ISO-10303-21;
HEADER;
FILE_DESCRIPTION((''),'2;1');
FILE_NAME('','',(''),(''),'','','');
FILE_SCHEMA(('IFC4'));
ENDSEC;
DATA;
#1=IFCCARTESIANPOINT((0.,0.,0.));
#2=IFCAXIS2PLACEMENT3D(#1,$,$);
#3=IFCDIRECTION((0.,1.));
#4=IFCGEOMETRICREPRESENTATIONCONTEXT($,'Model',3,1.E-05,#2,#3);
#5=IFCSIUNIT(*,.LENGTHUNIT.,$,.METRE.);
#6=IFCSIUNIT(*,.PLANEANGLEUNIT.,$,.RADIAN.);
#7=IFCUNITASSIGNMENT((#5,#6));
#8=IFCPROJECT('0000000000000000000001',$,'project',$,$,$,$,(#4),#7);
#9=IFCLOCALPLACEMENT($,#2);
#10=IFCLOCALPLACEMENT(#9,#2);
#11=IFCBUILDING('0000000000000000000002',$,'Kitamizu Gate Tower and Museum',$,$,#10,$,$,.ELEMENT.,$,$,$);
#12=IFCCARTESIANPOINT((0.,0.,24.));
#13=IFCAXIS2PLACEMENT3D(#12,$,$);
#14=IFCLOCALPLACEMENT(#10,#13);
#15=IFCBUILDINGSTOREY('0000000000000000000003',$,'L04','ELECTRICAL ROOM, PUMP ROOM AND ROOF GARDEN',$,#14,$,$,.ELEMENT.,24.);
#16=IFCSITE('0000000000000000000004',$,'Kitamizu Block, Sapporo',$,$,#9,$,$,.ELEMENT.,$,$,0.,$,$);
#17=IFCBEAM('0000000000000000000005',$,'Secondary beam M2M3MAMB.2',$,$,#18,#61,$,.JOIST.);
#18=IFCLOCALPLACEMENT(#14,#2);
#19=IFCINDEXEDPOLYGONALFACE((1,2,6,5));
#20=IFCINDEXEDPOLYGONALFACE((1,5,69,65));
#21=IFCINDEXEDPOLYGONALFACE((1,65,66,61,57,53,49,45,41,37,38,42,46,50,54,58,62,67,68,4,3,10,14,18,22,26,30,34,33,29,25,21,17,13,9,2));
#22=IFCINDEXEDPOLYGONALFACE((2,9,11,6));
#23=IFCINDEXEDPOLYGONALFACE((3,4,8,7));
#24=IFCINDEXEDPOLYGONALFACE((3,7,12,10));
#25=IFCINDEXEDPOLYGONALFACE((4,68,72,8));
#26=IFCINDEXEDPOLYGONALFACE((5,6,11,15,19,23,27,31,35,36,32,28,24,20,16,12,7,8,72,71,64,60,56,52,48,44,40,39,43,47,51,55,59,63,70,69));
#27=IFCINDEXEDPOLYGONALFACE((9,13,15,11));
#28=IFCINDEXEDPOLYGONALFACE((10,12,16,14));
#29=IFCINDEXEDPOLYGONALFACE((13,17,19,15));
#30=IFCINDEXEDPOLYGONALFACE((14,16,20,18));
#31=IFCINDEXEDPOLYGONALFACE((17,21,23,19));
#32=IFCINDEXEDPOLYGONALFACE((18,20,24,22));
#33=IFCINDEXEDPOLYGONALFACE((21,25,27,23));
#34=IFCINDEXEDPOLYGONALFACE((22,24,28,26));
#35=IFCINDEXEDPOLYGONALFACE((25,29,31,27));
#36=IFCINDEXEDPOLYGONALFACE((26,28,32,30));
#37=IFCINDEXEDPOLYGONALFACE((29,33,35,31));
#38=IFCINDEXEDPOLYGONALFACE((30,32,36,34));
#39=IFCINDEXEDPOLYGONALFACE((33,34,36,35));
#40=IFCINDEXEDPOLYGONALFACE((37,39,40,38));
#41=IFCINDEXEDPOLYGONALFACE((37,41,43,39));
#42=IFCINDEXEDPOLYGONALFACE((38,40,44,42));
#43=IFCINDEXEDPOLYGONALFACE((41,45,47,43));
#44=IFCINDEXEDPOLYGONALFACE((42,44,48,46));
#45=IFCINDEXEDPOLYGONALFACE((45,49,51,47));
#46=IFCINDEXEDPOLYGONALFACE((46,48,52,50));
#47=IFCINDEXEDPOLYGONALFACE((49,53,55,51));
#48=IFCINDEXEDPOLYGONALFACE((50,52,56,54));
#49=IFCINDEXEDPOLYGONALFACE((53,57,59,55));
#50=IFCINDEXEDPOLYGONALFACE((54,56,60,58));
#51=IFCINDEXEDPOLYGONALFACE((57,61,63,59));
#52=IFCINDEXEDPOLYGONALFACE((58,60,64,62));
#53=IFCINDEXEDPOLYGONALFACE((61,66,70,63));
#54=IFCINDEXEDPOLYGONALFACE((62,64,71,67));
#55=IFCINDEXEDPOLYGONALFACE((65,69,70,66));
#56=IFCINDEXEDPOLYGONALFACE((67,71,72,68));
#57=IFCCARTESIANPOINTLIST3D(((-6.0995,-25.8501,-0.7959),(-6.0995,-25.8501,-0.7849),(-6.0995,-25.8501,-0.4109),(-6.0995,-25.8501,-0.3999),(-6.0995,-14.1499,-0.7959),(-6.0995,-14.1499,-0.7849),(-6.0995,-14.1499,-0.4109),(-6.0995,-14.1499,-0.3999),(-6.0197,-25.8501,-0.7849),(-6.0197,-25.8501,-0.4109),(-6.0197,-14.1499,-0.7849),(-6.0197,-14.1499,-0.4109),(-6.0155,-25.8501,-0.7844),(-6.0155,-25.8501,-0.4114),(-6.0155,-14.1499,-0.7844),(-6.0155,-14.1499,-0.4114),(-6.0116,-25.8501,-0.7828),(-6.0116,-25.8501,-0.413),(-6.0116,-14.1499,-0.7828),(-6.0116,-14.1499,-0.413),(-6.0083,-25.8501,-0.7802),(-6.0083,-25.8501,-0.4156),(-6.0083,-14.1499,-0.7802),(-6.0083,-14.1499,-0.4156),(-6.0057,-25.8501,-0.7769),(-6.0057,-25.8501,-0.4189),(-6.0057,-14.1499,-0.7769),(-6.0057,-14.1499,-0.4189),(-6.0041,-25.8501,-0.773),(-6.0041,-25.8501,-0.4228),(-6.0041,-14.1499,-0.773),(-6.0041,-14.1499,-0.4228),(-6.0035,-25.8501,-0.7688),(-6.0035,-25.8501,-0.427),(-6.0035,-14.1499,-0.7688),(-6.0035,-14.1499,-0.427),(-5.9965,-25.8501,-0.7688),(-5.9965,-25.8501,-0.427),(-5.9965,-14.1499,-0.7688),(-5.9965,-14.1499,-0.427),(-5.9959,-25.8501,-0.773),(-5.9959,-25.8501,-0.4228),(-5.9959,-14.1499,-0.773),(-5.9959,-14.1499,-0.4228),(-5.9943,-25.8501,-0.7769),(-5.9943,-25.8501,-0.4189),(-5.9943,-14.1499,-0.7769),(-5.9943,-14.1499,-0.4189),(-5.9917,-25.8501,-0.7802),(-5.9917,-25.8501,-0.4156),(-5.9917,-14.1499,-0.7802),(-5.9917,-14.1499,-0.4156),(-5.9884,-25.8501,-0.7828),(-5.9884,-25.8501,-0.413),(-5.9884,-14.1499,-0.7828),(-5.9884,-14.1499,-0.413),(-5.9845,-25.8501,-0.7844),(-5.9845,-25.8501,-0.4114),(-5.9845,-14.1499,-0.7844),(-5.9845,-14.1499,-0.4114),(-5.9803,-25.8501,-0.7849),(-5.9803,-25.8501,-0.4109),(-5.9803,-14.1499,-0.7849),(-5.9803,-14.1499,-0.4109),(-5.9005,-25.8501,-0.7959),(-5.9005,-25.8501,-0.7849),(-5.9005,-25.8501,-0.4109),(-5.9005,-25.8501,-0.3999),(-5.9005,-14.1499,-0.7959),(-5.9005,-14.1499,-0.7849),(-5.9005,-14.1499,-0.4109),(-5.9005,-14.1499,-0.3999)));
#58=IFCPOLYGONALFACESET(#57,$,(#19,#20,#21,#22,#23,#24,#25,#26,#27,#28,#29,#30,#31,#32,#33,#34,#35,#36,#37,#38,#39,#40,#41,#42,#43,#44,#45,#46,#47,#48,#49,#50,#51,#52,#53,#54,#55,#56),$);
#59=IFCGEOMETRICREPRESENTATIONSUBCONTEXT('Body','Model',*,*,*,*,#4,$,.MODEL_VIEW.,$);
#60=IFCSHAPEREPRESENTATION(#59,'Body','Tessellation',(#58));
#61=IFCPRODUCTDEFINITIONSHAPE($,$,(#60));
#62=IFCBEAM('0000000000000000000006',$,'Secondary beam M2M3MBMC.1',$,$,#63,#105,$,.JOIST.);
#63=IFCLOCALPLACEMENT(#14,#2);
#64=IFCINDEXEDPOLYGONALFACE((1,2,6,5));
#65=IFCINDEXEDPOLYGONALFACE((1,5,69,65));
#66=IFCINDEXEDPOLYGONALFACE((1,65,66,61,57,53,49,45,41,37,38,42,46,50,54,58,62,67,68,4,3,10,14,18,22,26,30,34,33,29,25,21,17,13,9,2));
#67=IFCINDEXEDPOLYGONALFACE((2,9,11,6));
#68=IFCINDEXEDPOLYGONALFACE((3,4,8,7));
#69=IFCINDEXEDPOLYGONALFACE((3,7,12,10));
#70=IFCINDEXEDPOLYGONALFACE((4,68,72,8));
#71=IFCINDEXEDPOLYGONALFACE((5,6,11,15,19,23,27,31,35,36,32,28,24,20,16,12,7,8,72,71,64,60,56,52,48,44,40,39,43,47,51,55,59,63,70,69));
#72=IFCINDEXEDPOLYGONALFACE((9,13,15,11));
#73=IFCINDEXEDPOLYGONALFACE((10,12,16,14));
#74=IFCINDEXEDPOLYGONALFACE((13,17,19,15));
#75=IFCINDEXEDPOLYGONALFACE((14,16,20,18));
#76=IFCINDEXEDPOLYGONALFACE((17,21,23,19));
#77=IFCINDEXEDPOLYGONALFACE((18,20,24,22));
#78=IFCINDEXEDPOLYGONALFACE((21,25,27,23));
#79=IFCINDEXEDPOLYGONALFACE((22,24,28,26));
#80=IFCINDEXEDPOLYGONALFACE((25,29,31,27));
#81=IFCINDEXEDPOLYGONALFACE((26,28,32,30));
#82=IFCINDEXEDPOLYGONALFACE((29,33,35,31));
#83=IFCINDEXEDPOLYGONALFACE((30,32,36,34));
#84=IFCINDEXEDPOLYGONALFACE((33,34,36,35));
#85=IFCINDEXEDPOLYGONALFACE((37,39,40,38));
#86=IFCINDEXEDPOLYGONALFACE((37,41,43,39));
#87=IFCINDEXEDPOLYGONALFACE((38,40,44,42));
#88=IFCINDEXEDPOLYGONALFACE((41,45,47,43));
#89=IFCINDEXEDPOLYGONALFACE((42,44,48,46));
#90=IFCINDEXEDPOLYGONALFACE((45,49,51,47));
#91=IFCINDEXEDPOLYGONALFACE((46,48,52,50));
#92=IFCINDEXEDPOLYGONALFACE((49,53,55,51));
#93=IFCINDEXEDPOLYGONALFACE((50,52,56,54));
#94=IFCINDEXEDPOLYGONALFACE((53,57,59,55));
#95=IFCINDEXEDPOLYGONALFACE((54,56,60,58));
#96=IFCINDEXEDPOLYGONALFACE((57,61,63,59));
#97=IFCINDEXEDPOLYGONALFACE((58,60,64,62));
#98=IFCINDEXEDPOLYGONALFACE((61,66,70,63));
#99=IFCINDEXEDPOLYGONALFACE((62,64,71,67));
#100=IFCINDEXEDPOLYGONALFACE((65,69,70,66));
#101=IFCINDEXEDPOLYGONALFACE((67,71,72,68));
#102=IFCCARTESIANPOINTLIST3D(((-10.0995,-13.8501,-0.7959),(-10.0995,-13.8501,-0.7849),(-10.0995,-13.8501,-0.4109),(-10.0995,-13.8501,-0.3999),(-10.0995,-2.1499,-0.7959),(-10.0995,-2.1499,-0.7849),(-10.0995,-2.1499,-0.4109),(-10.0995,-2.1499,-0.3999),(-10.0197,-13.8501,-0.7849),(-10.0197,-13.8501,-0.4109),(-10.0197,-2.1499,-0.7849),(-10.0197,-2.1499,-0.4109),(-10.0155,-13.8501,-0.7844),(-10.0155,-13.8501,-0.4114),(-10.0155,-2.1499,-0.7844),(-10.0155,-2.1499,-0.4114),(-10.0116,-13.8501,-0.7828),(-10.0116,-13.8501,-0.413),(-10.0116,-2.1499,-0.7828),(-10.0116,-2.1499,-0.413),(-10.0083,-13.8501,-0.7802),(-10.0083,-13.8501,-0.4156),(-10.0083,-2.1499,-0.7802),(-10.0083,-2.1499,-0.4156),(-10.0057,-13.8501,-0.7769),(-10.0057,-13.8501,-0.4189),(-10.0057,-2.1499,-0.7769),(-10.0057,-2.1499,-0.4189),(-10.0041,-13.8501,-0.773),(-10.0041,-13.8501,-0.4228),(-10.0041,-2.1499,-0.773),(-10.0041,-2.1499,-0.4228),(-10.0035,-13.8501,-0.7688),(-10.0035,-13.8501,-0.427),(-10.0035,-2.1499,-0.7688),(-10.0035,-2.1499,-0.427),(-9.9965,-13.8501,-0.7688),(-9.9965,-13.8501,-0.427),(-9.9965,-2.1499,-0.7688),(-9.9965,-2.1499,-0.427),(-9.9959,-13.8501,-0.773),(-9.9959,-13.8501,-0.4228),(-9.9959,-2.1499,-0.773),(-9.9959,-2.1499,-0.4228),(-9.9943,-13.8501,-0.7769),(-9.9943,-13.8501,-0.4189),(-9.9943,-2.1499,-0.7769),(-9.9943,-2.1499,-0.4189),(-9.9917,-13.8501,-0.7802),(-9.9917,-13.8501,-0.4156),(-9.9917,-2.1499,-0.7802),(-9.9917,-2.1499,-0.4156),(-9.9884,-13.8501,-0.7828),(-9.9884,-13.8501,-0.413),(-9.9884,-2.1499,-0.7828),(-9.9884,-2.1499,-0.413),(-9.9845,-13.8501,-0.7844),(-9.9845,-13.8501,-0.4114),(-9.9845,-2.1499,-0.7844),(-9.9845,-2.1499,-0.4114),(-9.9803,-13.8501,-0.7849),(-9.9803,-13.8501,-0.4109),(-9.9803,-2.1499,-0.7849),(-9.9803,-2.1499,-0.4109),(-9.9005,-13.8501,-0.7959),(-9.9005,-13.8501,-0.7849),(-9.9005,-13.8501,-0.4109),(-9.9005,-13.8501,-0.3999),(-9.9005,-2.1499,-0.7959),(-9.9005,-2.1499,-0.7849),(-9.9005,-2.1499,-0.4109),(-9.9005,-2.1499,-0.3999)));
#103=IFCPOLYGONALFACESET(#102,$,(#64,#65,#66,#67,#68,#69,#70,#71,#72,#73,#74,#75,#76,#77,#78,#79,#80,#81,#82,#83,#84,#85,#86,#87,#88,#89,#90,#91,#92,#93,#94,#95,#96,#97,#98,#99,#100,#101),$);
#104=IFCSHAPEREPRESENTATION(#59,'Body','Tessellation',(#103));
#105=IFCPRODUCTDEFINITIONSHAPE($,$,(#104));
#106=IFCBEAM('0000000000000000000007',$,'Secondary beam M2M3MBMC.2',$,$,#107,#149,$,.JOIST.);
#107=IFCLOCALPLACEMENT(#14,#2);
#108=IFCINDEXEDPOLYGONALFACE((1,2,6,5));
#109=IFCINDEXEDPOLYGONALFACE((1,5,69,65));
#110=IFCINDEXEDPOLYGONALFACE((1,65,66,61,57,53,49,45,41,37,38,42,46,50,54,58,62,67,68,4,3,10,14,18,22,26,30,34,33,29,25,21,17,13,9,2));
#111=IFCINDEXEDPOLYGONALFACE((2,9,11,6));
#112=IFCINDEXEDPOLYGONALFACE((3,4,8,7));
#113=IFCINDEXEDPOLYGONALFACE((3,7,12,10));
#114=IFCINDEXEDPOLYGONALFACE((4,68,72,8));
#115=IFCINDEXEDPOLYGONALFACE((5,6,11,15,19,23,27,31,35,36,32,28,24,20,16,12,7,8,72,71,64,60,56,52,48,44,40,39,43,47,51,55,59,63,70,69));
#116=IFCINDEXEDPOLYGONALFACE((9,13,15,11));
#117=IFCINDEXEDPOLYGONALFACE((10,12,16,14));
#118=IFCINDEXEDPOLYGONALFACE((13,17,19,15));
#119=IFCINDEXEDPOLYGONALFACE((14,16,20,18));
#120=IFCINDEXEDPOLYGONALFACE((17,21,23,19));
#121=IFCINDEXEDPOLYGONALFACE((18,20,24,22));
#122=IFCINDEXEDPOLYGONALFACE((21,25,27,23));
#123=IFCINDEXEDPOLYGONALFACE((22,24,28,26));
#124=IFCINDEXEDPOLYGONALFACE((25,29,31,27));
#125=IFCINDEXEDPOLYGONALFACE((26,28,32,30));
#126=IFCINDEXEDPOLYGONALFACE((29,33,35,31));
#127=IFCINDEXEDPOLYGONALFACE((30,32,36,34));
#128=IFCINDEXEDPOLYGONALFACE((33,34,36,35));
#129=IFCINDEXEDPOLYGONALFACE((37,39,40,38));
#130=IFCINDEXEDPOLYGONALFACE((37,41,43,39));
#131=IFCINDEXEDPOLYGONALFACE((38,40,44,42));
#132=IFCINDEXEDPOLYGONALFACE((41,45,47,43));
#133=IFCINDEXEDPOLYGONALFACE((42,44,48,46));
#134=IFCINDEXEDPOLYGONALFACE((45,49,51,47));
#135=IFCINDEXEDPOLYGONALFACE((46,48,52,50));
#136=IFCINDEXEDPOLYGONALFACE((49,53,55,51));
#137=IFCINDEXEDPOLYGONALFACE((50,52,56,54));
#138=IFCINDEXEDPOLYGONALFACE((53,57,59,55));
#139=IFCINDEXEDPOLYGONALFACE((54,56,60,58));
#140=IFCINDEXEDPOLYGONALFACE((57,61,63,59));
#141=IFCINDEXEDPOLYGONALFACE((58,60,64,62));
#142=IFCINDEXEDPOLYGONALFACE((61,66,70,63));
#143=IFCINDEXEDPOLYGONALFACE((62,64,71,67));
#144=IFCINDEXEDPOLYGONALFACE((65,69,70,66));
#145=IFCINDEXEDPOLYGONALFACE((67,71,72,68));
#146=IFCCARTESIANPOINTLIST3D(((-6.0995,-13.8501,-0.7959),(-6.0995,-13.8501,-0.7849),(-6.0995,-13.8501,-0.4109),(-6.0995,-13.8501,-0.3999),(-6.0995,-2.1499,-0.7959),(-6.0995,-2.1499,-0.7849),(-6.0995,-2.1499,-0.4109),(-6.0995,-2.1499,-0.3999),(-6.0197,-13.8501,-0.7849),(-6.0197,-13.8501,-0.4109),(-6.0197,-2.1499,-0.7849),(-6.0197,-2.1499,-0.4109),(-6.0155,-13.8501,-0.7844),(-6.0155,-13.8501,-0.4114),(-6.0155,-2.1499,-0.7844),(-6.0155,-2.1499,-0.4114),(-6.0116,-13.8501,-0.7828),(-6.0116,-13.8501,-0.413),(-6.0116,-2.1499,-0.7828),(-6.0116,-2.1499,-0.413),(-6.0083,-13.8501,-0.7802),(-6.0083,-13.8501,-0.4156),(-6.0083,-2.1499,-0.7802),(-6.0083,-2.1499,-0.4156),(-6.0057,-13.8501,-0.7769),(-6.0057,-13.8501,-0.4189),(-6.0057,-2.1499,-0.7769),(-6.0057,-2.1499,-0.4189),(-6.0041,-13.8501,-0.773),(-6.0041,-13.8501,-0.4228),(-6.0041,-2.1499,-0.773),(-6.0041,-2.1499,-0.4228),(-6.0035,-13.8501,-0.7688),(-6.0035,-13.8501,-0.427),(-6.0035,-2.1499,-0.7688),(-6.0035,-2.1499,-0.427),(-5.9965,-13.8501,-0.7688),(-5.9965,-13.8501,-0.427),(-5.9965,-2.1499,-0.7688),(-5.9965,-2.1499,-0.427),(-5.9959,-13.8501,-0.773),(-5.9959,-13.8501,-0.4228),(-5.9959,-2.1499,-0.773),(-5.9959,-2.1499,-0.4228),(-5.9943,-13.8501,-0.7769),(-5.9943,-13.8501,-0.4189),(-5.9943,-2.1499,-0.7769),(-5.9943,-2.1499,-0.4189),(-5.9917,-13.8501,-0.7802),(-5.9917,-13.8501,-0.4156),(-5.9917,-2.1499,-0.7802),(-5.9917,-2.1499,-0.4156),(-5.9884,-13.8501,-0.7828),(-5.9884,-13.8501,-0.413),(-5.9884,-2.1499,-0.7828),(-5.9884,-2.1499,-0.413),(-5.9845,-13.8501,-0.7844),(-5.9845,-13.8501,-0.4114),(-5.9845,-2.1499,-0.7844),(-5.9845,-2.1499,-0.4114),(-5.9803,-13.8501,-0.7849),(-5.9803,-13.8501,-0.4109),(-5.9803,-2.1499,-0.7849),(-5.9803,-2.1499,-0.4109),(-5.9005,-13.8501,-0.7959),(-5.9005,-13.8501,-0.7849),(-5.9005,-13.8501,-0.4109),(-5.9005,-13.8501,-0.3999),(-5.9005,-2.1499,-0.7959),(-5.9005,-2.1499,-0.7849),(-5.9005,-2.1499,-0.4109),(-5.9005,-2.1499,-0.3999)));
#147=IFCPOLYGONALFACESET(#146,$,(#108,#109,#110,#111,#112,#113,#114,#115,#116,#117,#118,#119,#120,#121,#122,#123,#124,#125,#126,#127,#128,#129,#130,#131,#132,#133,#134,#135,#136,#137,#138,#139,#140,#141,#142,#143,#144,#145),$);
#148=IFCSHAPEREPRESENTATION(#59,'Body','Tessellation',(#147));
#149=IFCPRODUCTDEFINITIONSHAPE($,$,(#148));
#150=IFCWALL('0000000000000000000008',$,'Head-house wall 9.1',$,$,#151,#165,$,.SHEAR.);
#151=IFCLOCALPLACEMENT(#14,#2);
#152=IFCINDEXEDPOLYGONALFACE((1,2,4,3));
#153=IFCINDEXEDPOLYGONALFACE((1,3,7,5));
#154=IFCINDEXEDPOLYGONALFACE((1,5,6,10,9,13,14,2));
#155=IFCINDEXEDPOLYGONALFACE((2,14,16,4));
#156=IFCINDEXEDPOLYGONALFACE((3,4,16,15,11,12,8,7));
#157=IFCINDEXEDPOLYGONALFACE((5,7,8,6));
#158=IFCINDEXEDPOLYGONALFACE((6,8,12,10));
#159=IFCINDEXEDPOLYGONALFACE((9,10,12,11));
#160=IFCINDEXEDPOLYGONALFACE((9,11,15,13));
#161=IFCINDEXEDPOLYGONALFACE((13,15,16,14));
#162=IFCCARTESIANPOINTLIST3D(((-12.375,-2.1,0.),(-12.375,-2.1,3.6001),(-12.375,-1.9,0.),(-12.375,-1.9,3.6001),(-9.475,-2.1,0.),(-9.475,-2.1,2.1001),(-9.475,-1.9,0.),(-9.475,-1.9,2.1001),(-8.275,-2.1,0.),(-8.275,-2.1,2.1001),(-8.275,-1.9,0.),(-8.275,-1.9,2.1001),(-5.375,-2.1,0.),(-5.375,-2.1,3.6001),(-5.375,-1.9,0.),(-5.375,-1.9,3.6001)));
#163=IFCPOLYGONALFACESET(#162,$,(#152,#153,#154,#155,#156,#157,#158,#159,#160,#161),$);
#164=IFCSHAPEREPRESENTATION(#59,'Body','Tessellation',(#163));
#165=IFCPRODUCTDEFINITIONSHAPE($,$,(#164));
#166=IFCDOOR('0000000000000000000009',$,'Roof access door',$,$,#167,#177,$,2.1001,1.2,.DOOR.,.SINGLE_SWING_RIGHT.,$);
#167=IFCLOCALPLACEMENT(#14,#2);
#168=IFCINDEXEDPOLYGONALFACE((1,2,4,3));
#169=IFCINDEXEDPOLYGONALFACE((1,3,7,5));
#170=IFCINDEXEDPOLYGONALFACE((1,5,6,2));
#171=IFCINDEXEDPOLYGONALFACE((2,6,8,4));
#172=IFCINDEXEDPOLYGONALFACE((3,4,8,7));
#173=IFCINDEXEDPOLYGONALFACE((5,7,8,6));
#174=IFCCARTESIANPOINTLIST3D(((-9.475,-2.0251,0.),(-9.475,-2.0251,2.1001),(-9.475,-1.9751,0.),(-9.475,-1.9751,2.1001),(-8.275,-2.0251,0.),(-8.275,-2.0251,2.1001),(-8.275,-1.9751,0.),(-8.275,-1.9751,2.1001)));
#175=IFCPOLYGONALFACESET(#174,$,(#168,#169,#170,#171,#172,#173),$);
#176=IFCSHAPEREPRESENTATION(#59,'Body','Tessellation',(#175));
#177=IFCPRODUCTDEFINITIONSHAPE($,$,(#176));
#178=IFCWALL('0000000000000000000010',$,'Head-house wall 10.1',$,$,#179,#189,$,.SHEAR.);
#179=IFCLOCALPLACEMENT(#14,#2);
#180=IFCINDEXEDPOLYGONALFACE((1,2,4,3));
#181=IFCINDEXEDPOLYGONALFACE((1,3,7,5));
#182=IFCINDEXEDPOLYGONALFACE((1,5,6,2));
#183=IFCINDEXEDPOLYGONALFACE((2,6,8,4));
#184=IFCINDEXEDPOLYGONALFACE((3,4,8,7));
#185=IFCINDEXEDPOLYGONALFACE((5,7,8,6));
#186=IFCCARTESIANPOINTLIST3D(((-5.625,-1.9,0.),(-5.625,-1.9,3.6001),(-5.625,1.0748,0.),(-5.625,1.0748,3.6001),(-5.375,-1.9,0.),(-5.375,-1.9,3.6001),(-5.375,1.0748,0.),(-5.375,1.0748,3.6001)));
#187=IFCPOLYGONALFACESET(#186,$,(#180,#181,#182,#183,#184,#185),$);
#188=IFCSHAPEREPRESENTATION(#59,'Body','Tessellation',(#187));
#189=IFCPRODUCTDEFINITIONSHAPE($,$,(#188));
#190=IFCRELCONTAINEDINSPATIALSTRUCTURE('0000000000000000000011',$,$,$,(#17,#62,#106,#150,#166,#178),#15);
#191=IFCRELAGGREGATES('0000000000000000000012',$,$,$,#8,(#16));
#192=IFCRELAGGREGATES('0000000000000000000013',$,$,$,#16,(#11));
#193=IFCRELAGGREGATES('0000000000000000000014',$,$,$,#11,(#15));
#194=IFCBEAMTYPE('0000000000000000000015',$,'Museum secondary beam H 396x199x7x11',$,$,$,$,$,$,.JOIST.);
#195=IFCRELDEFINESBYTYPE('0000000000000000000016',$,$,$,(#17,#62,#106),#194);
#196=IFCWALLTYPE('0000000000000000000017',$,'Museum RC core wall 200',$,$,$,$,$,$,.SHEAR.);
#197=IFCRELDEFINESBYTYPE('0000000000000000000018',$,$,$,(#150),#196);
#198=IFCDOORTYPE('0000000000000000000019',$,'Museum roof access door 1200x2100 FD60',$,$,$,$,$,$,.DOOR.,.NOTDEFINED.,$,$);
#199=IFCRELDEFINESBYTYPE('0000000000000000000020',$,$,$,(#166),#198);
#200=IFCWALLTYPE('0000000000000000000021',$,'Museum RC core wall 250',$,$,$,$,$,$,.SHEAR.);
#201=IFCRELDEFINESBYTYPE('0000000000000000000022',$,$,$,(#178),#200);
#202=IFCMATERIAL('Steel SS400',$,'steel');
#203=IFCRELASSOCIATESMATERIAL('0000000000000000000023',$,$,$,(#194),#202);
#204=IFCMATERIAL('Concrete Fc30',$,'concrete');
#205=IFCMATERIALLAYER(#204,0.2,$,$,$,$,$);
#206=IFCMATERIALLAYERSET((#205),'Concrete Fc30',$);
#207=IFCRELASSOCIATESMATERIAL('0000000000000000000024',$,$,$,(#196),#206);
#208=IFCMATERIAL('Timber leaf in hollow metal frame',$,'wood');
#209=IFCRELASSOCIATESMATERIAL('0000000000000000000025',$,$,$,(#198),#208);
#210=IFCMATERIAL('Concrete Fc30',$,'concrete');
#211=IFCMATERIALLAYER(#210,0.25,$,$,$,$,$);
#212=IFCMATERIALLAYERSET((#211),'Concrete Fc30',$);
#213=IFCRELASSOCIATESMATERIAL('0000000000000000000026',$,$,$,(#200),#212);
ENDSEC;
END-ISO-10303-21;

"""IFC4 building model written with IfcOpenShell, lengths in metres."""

from ifc_helpers import new_model, si_unit, direction, frame, frame_2d, origin, origin_2d, place, context, subcontext, project, spatial, rectangle, i_section, extrude, material, layer, layer_set, material_profile, profile_set, type_object, element, fill, save


model = new_model("IFC4")

# Units and contexts
model_context = context("Model", 3, precision=1e-05, world=origin(), true_north=direction((0.0, 1.0)))
body_context = subcontext(model_context, "Body", "Model", "MODEL_VIEW")
ifc_project = project(units=[si_unit("LENGTHUNIT", "METRE"), si_unit("PLANEANGLEUNIT", "RADIAN")], contexts=[model_context])

# Site, building, storey
site_placement = place(None, origin())
site = spatial("IfcSite", under=ifc_project, at=site_placement, Name="Kitamizu Block, Sapporo", CompositionType="ELEMENT", RefElevation=0.0)
building_placement = place(site_placement, origin())
building = spatial("IfcBuilding", under=site, at=building_placement, Name="Kitamizu Gate Tower and Museum", CompositionType="ELEMENT")
storey_placement = place(building_placement, frame((0.0, 0.0, 24.0)))
storey = spatial("IfcBuildingStorey", under=building, at=storey_placement, Name="L04", Description="ELECTRICAL ROOM, PUMP ROOM AND ROOF GARDEN", CompositionType="ELEMENT", Elevation=24.0)

# Beams
ifc_material_1 = material(Name="Steel SS400", Category="steel")
ifc_material_profile_1 = material_profile(ifc_material_1, i_section(OverallWidth=0.199, OverallDepth=0.396, WebThickness=0.0071, FlangeThickness=0.011, FilletRadius=0.0161, at=origin_2d()), Name="H-396x199x7x11")
ifc_profile_set_1 = profile_set([ifc_material_profile_1], Name="Steel SS400")
beam_type_1 = type_object("IfcBeamType", Name="Museum secondary beam H 396x199x7x11", PredefinedType="JOIST", material=ifc_profile_set_1)
for number, where, z_axis, x_axis, name in (
    (1, (-6.0, -25.8501, -0.5979), (0.0, 1.0, 0.0), (-1.0, 0.0, 0.0), "Secondary beam M2M3MAMB.2"),
    (2, (-10.0, -13.8501, -0.5979), (0.0, 1.0, 0.0), (-1.0, 0.0, 0.0), "Secondary beam M2M3MBMC.1"),
    (3, (-6.0, -13.8501, -0.5979), (0.0, 1.0, 0.0), (-1.0, 0.0, 0.0), "Secondary beam M2M3MBMC.2"),
):
    element("IfcBeam", number, at=place(storey_placement, frame(where, z_axis=z_axis, x_axis=x_axis)), inside=storey, type_object=beam_type_1, Name=name, PredefinedType="JOIST", context=body_context, shape_type="SweptSolid", body=[
        extrude(i_section(OverallWidth=0.199, OverallDepth=0.396, WebThickness=0.0071, FlangeThickness=0.011, FilletRadius=0.0161, at=origin_2d()), origin(), (0.0, 0.0, 1.0), 11.7002),
    ])

# Wall, opening, door
ifc_material_2 = material(Name="Concrete Fc30", Category="concrete")
ifc_layer_1 = layer(ifc_material_2, 0.2)
ifc_layer_set_1 = layer_set([ifc_layer_1], Name="Concrete Fc30")
wall_type_1 = type_object("IfcWallType", Name="Museum RC core wall 200", PredefinedType="SHEAR", material=ifc_layer_set_1)
wall_1_placement = place(storey_placement, frame((-12.375, -2.0, 0.0), z_axis=(0.0, 0.0, 1.0), x_axis=(1.0, 0.0, 0.0)))
wall_1 = element("IfcWall", 4, at=wall_1_placement, inside=storey, type_object=wall_type_1, Name="Head-house wall 9.1", PredefinedType="SHEAR", context=body_context, shape_type="SweptSolid", body=[
    extrude(rectangle(XDim=7.0, YDim=0.2, at=frame_2d((3.5, 0.0))), origin(), (0.0, 0.0, 1.0), 3.6001),
])
opening_1_placement = place(wall_1_placement, frame((2.8999, 0.0, 0.0)))
opening_1 = element("IfcOpeningElement", 5, at=opening_1_placement, cuts=wall_1, PredefinedType="OPENING", context=body_context, shape_type="SweptSolid", body=[
    extrude(rectangle(XDim=1.2, YDim=2.1001, at=frame_2d((0.6001, 1.05))), frame((0.0, 0.1099, 0.0), z_axis=(0.0, -1.0, 0.0), x_axis=(1.0, 0.0, 0.0)), (0.0, 0.0, 1.0), 0.22),
])
ifc_material_3 = material(Name="Timber leaf in hollow metal frame", Category="wood")
door_type = type_object("IfcDoorType", Name="Museum roof access door 1200x2100 FD60", OperationType="NOTDEFINED", PredefinedType="DOOR", material=ifc_material_3)
door_1_placement = place(opening_1_placement, origin())
door_1 = element("IfcDoor", 6, at=door_1_placement, inside=storey, type_object=door_type, Name="Roof access door", OperationType="SINGLE_SWING_RIGHT", OverallHeight=2.1001, OverallWidth=1.2, PredefinedType="DOOR", context=body_context, shape_type="SweptSolid", body=[
    extrude(rectangle(XDim=1.2, YDim=2.1001, at=frame_2d((0.6001, 1.05))), frame((0.0, 0.0249, 0.0), z_axis=(0.0, -1.0, 0.0), x_axis=(1.0, 0.0, 0.0)), (0.0, 0.0, 1.0), 0.05),
])
fill(opening_1, door_1)

# Wall
ifc_material_4 = material(Name="Concrete Fc30", Category="concrete")
ifc_layer_2 = layer(ifc_material_4, 0.25)
ifc_layer_set_2 = layer_set([ifc_layer_2], Name="Concrete Fc30")
wall_type_2 = type_object("IfcWallType", Name="Museum RC core wall 250", PredefinedType="SHEAR", material=ifc_layer_set_2)
for number, where, z_axis, x_axis, name in (
    (7, (-5.5, -1.8999, 0.0), (0.0, 0.0, 1.0), (0.0, 1.0, 0.0), "Head-house wall 10.1"),
):
    element("IfcWall", number, at=place(storey_placement, frame(where, z_axis=z_axis, x_axis=x_axis)), inside=storey, type_object=wall_type_2, Name=name, PredefinedType="SHEAR", context=body_context, shape_type="SweptSolid", body=[
        extrude(rectangle(XDim=2.9749, YDim=0.25, at=frame_2d((1.4873, 0.0))), origin(), (0.0, 0.0, 1.0), 3.6001),
    ])

save(model, "model.ifc")
